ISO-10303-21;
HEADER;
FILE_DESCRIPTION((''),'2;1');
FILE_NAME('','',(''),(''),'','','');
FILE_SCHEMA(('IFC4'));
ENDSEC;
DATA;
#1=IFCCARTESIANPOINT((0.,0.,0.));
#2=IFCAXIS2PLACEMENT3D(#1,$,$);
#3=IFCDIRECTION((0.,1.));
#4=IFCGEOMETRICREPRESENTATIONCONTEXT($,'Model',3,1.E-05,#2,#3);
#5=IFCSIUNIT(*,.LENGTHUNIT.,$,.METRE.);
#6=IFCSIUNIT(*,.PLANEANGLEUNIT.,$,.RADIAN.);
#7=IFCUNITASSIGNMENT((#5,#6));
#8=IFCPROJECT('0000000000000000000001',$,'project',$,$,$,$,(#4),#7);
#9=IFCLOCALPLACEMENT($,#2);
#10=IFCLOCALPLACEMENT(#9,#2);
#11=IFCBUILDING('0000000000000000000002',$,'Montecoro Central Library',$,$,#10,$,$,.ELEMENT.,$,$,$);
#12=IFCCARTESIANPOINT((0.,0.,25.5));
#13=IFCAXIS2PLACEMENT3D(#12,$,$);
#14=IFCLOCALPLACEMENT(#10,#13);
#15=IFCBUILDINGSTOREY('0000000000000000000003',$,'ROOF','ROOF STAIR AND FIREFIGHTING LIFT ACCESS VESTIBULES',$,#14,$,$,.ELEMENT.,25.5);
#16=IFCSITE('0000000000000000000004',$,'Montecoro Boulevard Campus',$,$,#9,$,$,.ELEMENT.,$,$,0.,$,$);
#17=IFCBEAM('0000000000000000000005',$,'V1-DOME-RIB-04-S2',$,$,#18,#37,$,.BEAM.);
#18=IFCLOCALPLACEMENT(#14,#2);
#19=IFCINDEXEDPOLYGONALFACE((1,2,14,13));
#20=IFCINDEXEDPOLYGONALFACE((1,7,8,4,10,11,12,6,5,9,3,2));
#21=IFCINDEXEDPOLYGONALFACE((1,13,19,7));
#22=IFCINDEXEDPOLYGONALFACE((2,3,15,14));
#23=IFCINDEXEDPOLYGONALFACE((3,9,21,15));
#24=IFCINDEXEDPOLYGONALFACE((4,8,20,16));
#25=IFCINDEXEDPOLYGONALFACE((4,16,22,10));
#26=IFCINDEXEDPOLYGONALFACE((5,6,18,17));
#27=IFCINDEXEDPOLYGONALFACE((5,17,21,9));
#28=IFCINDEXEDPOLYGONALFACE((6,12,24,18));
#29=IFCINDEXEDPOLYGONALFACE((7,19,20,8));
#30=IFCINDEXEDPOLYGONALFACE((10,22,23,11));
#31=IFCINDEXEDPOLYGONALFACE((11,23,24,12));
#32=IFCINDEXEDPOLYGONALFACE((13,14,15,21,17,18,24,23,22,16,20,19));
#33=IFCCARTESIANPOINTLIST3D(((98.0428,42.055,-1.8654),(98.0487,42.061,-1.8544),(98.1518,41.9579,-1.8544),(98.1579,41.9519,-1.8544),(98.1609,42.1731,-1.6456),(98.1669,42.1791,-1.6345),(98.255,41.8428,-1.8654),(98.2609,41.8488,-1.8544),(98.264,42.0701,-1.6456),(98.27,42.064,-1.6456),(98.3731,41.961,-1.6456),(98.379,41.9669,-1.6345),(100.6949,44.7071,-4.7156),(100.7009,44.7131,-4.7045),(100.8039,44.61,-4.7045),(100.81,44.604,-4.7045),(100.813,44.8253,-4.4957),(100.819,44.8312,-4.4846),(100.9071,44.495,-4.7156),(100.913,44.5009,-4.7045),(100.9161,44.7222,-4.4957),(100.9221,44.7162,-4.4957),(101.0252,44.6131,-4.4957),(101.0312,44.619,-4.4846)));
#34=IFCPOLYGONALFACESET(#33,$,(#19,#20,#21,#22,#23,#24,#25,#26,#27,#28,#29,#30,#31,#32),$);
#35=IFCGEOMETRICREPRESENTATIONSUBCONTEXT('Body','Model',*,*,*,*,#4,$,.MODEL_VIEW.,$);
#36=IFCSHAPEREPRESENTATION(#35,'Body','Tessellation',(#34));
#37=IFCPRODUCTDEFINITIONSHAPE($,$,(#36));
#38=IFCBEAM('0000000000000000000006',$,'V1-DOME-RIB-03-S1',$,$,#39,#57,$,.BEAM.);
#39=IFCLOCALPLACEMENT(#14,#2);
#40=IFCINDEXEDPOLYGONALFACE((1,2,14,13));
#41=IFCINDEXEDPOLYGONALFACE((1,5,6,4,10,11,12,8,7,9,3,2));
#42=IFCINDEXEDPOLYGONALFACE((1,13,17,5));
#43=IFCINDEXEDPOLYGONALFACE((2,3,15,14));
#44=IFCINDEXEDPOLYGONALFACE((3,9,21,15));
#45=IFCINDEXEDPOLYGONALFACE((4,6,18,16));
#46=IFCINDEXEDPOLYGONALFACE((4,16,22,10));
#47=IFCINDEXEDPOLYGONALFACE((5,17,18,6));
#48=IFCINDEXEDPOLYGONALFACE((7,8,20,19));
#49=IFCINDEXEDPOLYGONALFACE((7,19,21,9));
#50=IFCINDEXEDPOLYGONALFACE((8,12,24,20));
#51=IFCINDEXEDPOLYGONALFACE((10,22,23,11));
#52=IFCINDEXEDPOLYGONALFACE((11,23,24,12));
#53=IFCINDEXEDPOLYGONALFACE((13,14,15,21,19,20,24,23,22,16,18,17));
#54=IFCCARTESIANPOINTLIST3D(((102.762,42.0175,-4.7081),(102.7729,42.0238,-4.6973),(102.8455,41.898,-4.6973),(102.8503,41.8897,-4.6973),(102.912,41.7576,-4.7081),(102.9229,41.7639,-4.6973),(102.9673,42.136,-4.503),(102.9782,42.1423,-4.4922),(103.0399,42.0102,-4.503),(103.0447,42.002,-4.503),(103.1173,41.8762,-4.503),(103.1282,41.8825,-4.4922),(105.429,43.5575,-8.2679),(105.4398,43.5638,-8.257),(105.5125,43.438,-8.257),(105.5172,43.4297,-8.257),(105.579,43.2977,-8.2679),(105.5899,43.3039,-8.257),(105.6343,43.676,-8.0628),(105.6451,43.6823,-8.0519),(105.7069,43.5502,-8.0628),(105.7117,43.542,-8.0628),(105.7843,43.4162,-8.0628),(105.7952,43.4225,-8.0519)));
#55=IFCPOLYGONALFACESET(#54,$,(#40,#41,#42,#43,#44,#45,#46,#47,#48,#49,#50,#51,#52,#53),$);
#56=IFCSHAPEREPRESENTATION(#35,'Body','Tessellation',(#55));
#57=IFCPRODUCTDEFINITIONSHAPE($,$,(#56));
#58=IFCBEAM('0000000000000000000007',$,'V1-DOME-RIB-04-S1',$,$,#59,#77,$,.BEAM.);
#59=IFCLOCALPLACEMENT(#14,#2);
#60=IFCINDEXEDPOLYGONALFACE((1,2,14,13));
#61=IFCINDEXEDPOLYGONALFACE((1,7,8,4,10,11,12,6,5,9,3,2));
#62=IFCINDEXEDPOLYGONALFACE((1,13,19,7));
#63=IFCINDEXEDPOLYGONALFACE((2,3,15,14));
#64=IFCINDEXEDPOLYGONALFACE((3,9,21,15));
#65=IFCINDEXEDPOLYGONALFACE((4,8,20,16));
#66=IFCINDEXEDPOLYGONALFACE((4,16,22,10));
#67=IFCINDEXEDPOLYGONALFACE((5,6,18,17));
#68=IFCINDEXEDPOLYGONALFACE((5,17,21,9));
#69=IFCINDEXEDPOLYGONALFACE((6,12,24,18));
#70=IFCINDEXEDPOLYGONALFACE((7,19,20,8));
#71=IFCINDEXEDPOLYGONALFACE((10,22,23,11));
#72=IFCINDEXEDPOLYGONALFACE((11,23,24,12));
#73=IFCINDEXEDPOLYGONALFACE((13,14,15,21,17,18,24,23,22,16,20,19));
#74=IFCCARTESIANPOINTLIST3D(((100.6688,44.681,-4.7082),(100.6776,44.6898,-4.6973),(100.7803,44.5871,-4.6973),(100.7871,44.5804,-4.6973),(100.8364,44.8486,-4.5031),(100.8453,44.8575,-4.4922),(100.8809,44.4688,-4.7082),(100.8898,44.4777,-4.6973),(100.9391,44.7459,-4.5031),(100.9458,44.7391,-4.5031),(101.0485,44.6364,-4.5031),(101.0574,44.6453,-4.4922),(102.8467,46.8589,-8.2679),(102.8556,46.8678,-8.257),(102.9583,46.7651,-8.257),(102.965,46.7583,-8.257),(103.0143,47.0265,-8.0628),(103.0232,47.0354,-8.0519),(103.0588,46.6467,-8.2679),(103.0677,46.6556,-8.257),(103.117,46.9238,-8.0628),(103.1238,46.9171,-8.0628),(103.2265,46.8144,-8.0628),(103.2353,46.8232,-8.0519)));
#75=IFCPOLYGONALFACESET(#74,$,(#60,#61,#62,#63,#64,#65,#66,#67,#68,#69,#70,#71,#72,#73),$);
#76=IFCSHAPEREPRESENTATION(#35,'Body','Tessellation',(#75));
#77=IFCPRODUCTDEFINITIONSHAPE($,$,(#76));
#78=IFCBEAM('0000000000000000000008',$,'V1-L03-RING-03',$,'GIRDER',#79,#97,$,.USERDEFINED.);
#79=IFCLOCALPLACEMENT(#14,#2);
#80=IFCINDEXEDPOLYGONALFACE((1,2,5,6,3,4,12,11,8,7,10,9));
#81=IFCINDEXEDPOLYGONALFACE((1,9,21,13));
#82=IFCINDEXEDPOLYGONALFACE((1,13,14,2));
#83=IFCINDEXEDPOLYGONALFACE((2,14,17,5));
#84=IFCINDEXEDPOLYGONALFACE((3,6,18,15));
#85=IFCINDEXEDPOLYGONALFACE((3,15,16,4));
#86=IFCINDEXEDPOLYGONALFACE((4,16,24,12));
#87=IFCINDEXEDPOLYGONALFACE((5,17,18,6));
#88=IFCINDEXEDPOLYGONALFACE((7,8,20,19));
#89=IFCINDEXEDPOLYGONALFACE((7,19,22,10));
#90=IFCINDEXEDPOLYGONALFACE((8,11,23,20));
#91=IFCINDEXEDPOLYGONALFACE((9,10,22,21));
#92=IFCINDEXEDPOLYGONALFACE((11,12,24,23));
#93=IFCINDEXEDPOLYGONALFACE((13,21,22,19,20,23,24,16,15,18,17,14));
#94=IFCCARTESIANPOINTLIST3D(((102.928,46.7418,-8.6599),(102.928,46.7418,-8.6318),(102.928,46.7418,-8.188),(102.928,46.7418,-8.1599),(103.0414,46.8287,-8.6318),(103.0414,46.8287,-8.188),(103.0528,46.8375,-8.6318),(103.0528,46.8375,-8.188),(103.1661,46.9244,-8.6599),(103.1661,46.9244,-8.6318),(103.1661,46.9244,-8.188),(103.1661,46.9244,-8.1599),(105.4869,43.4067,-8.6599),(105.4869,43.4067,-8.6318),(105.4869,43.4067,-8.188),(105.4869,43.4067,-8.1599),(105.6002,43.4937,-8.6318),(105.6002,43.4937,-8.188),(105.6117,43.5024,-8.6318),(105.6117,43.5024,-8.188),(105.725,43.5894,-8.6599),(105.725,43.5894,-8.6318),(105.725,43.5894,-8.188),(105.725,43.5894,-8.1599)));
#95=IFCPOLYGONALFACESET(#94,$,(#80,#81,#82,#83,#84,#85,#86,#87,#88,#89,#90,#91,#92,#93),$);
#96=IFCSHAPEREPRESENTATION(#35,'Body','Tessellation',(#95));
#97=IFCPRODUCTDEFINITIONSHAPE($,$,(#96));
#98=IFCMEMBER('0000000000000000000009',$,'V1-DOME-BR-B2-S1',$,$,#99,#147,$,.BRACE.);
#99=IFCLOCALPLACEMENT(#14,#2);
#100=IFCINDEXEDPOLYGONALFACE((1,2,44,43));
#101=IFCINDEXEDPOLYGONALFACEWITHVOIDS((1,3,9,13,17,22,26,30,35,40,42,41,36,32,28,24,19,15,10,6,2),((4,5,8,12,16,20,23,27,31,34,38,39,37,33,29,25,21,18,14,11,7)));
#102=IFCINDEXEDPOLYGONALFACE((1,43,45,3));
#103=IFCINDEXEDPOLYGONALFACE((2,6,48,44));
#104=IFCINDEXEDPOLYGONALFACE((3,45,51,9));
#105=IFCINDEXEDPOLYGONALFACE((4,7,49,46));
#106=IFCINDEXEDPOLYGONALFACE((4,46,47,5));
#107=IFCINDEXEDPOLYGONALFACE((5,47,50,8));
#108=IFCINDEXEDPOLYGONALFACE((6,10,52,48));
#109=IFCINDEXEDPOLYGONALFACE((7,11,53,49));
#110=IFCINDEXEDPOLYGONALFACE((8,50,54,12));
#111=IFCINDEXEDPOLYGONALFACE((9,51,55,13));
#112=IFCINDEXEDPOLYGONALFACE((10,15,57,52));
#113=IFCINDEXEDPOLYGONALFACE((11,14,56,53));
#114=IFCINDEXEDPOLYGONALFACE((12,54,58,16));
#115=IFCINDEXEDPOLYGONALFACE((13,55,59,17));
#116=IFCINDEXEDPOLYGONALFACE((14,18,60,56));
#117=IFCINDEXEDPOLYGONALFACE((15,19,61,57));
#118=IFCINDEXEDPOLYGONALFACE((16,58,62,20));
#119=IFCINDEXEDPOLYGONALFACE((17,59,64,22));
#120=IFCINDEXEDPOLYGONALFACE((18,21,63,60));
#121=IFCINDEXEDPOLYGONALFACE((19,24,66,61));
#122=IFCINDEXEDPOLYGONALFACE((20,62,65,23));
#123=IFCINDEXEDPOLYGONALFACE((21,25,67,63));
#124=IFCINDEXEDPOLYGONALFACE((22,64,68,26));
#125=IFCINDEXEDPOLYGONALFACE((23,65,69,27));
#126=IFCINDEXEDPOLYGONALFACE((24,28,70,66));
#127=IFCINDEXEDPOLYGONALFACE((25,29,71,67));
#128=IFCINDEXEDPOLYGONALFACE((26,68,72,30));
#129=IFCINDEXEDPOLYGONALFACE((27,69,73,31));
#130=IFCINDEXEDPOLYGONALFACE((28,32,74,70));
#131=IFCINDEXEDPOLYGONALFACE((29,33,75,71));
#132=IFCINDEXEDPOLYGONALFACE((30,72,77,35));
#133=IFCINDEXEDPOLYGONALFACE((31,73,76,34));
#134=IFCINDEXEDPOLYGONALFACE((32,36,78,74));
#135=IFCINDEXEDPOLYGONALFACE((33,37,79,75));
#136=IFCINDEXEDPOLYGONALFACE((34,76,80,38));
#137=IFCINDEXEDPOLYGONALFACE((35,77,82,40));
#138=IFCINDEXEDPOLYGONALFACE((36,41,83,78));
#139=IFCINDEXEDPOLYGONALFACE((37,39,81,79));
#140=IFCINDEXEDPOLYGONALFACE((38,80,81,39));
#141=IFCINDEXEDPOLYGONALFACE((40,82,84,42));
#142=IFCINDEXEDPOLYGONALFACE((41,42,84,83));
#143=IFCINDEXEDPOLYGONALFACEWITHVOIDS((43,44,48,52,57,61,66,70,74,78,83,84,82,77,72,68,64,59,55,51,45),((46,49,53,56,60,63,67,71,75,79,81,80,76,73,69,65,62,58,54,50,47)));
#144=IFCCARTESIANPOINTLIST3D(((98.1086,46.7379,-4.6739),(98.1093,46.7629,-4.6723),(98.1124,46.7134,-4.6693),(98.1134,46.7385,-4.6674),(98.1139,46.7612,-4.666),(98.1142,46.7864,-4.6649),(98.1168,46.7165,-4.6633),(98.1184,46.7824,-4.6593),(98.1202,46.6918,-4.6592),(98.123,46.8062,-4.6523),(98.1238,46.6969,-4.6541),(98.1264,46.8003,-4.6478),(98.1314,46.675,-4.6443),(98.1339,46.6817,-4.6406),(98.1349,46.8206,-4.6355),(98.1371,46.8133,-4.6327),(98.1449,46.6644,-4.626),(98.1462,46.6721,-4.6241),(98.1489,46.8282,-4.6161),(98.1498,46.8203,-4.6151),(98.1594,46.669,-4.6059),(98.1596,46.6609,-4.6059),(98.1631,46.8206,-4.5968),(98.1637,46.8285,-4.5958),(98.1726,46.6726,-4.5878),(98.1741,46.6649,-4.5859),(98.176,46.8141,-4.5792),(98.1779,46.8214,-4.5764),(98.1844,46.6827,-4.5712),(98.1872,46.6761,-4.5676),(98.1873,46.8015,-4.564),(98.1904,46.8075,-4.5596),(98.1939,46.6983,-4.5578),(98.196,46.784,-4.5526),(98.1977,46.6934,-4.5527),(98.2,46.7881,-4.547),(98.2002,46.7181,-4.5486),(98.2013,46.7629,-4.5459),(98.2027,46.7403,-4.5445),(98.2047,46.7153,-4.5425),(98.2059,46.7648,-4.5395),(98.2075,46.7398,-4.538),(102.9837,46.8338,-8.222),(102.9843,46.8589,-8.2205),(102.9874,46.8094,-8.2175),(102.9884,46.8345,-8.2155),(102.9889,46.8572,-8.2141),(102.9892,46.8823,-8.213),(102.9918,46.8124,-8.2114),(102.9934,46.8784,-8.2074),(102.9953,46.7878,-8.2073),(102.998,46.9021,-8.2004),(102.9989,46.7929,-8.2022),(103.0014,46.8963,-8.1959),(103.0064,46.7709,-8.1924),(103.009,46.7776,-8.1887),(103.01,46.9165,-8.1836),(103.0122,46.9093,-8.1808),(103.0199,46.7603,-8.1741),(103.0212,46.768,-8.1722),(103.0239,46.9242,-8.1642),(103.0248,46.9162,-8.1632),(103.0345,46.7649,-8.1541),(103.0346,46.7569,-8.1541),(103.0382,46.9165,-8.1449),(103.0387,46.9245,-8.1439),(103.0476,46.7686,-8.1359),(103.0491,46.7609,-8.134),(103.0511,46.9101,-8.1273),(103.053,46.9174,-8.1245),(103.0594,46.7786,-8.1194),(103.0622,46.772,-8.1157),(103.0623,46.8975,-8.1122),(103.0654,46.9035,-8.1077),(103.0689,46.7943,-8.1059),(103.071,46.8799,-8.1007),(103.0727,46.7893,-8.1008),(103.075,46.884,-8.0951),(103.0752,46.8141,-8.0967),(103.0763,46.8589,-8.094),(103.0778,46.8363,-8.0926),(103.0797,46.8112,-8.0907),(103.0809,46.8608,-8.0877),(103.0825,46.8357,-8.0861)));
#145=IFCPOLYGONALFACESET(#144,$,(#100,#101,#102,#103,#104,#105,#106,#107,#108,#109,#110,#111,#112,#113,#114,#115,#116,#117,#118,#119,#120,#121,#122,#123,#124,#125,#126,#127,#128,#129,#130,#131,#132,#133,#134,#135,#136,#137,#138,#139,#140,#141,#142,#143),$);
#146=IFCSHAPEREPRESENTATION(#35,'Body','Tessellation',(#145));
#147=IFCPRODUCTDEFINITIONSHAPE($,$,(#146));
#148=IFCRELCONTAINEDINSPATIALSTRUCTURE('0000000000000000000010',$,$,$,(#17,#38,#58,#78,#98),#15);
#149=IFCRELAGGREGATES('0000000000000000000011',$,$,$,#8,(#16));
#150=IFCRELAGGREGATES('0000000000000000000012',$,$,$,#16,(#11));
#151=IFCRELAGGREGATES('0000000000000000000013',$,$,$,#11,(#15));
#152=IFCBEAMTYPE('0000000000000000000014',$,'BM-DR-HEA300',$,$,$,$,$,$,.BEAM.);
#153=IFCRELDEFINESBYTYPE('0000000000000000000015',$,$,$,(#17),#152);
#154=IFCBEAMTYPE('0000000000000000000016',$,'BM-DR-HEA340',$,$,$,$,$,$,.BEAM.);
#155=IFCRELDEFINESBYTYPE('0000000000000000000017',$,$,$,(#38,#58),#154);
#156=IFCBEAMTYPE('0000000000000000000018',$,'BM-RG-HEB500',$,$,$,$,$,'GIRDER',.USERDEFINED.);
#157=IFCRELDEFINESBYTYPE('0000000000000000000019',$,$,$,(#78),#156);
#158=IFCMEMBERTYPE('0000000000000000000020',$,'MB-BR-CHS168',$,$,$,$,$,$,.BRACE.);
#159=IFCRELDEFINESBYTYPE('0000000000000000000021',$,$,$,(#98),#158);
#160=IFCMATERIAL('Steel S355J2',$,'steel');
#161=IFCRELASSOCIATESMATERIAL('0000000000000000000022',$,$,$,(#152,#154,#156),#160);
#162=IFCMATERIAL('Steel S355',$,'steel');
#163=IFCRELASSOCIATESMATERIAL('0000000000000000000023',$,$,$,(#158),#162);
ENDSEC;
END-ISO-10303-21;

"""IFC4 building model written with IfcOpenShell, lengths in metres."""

from ifc_helpers import new_model, si_unit, direction, frame, origin, origin_2d, place, context, subcontext, project, spatial, hollow_circle, i_section, extrude, material, material_profile, profile_set, type_object, element, save


model = new_model("IFC4")

# Units and contexts
model_context = context("Model", 3, precision=1e-05, world=origin(), true_north=direction((0.0, 1.0)))
body_context = subcontext(model_context, "Body", "Model", "MODEL_VIEW")
ifc_project = project(units=[si_unit("LENGTHUNIT", "METRE"), si_unit("PLANEANGLEUNIT", "RADIAN")], contexts=[model_context])

# Site, building, storey
site_placement = place(None, origin())
site = spatial("IfcSite", under=ifc_project, at=site_placement, Name="Montecoro Boulevard Campus", CompositionType="ELEMENT", RefElevation=0.0)
building_placement = place(site_placement, origin())
building = spatial("IfcBuilding", under=site, at=building_placement, Name="Montecoro Central Library", CompositionType="ELEMENT")
storey_placement = place(building_placement, frame((0.0, 0.0, 25.5)))
storey = spatial("IfcBuildingStorey", under=building, at=storey_placement, Name="ROOF", Description="ROOF STAIR AND FIREFIGHTING LIFT ACCESS VESTIBULES", CompositionType="ELEMENT", Elevation=25.5)

# Beams
ifc_material_1 = material(Name="Steel S355J2", Category="steel")
ifc_material_profile_1 = material_profile(ifc_material_1, i_section(OverallWidth=0.3, OverallDepth=0.29, WebThickness=0.0085, FlangeThickness=0.0139, at=origin_2d()), Name="HEA 300")
ifc_profile_set_1 = profile_set([ifc_material_profile_1], Name="Steel S355J2")
beam_type_1 = type_object("IfcBeamType", Name="BM-DR-HEA300", PredefinedType="BEAM", material=ifc_profile_set_1)
beam_1_placement = place(storey_placement, frame((100.863, 44.6631, -4.6001), z_axis=(-0.563, -0.563, 0.605031), x_axis=(0.707107, -0.707107, 0.0)))
element("IfcBeam", 1, at=beam_1_placement, inside=storey, type_object=beam_type_1, Name="V1-DOME-RIB-04-S2", PredefinedType="BEAM", context=body_context, shape_type="SweptSolid", body=[
    extrude(i_section(OverallWidth=0.3, OverallDepth=0.29, WebThickness=0.0085, FlangeThickness=0.0139, at=origin_2d()), origin(), (0.0, 0.0, 1.0), 4.7107),
])
ifc_material_profile_2 = material_profile(ifc_material_1, i_section(OverallWidth=0.3, OverallDepth=0.3301, WebThickness=0.0095, FlangeThickness=0.0166, at=origin_2d()), Name="HEA 340")
ifc_profile_set_2 = profile_set([ifc_material_profile_2], Name="Steel S355J2")
beam_type_2 = type_object("IfcBeamType", Name="BM-DR-HEA340", PredefinedType="BEAM", material=ifc_profile_set_2)
beam_2_placement = place(storey_placement, frame((105.6121, 43.49, -8.1599), z_axis=(-0.566589, -0.327173, 0.756264), x_axis=(0.500061, -0.86599, 0.0)))
element("IfcBeam", 2, at=beam_2_placement, inside=storey, type_object=beam_type_2, Name="V1-DOME-RIB-03-S1", PredefinedType="BEAM", context=body_context, shape_type="SweptSolid", body=[
    extrude(i_section(OverallWidth=0.3, OverallDepth=0.3301, WebThickness=0.0095, FlangeThickness=0.0166, at=origin_2d()), origin(), (0.0, 0.0, 1.0), 4.707),
])
beam_3_placement = place(storey_placement, frame((103.041, 46.8411, -8.1599), z_axis=(-0.462673, -0.462673, 0.756219), x_axis=(0.707107, -0.707107, 0.0)))
element("IfcBeam", 3, at=beam_3_placement, inside=storey, type_object=beam_type_2, Name="V1-DOME-RIB-04-S1", PredefinedType="BEAM", context=body_context, shape_type="SweptSolid", body=[
    extrude(i_section(OverallWidth=0.3, OverallDepth=0.3301, WebThickness=0.0095, FlangeThickness=0.0166, at=origin_2d()), origin(), (0.0, 0.0, 1.0), 4.7073),
])
ifc_material_profile_3 = material_profile(ifc_material_1, i_section(OverallWidth=0.3, OverallDepth=0.5, WebThickness=0.0144, FlangeThickness=0.0281, at=origin_2d()), Name="HEB 500")
ifc_profile_set_3 = profile_set([ifc_material_profile_3], Name="Steel S355J2")
beam_type_3 = type_object("IfcBeamType", Name="BM-RG-HEB500", ElementType="GIRDER", PredefinedType="USERDEFINED", material=ifc_profile_set_3)
beam_4_placement = place(storey_placement, frame((105.606, 43.498, -8.4099), z_axis=(-0.608736, 0.793373, 0.0), x_axis=(-0.793373, -0.608736, 0.0)))
element("IfcBeam", 4, at=beam_4_placement, inside=storey, type_object=beam_type_3, Name="V1-L03-RING-03", ObjectType="GIRDER", PredefinedType="USERDEFINED", context=body_context, shape_type="SweptSolid", body=[
    extrude(i_section(OverallWidth=0.3, OverallDepth=0.5, WebThickness=0.0144, FlangeThickness=0.0281, at=origin_2d()), origin(), (0.0, 0.0, 1.0), 4.2036),
])

# Member
ifc_material_2 = material(Name="Steel S355", Category="steel")
ifc_material_profile_4 = material_profile(ifc_material_2, hollow_circle(Radius=0.0842, WallThickness=0.0081, at=origin_2d()), Name="CHS 168.3x8.0")
ifc_profile_set_4 = profile_set([ifc_material_profile_4], Name="Steel S355")
member_type_1 = type_object("IfcMemberType", Name="MB-BR-CHS168", PredefinedType="BRACE", material=ifc_profile_set_4)
member_1_placement = place(storey_placement, frame((103.033, 46.8411, -8.1541), z_axis=(-0.808425, -0.015911, 0.588384), x_axis=(0.019678, -0.999806, 0.0)))
element("IfcMember", 5, at=member_1_placement, inside=storey, type_object=member_type_1, Name="V1-DOME-BR-B2-S1", PredefinedType="BRACE", context=body_context, shape_type="SweptSolid", body=[
    extrude(hollow_circle(Radius=0.0842, WallThickness=0.0081, at=origin_2d()), origin(), (0.0, 0.0, 1.0), 6.0303),
])

save(model, "model.ifc")
